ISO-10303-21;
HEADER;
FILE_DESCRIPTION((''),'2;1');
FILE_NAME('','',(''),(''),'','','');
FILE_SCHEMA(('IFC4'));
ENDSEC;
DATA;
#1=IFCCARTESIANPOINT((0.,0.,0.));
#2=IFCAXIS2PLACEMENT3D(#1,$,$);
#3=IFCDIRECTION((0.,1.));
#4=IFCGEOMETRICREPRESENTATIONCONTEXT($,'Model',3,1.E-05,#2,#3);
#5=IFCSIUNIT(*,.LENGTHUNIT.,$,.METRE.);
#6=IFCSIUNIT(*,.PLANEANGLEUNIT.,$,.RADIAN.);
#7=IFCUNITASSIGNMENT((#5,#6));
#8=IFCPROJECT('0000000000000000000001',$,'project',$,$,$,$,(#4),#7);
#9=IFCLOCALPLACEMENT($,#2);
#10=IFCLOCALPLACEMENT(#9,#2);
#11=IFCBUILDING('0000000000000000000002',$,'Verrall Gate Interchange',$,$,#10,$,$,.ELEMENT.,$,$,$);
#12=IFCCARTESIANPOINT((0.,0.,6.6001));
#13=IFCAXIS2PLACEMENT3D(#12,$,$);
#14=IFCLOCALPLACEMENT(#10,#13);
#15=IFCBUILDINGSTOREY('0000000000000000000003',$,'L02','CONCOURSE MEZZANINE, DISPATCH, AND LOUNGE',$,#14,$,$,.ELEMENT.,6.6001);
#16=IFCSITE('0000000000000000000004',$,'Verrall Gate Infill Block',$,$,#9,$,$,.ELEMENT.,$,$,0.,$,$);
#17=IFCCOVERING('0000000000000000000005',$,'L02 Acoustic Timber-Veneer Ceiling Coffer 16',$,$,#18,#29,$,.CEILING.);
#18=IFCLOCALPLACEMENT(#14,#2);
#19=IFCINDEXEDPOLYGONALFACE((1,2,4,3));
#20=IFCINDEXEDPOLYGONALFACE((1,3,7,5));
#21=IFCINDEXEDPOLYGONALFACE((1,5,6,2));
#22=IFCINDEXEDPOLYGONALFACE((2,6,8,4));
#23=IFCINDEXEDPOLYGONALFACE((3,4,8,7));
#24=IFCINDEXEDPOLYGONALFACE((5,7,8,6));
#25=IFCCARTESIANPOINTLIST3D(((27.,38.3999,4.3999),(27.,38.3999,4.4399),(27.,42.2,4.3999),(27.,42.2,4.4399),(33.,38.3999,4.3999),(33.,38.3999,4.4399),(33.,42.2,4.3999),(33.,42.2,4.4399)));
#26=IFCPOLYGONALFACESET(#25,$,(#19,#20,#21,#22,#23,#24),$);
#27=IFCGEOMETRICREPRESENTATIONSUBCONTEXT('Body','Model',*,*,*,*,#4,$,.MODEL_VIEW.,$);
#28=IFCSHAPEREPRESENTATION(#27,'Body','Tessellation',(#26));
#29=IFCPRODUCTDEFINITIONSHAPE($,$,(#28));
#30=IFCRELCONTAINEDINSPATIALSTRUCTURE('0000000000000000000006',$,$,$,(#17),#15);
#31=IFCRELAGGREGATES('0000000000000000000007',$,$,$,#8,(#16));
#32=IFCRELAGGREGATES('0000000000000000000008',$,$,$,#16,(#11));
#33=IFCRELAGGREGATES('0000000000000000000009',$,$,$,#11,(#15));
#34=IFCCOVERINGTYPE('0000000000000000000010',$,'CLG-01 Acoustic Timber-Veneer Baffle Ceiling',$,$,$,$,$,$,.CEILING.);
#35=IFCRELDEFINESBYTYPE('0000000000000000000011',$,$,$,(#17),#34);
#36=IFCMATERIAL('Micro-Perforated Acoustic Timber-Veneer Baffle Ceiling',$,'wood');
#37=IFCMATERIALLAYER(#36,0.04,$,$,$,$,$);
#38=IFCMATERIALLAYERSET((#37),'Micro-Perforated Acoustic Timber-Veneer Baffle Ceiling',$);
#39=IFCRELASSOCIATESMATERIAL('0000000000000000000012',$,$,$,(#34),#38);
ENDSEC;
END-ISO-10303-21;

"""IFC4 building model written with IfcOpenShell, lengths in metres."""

from ifc_helpers import new_model, si_unit, direction, frame, origin, place, context, subcontext, project, spatial, polyline, outline, extrude, material, layer, layer_set, type_object, element, save


model = new_model("IFC4")

# Units and contexts
model_context = context("Model", 3, precision=1e-05, world=origin(), true_north=direction((0.0, 1.0)))
body_context = subcontext(model_context, "Body", "Model", "MODEL_VIEW")
ifc_project = project(units=[si_unit("LENGTHUNIT", "METRE"), si_unit("PLANEANGLEUNIT", "RADIAN")], contexts=[model_context])

# Site, building, storey
site_placement = place(None, origin())
site = spatial("IfcSite", under=ifc_project, at=site_placement, Name="Verrall Gate Infill Block", CompositionType="ELEMENT", RefElevation=0.0)
building_placement = place(site_placement, origin())
building = spatial("IfcBuilding", under=site, at=building_placement, Name="Verrall Gate Interchange", CompositionType="ELEMENT")
storey_placement = place(building_placement, frame((0.0, 0.0, 6.6001)))
storey = spatial("IfcBuildingStorey", under=building, at=storey_placement, Name="L02", Description="CONCOURSE MEZZANINE, DISPATCH, AND LOUNGE", CompositionType="ELEMENT", Elevation=6.6001)

# Covering
ifc_material_1 = material(Name="Micro-Perforated Acoustic Timber-Veneer Baffle Ceiling", Category="wood")
ifc_layer_1 = layer(ifc_material_1, 0.04)
ifc_layer_set_1 = layer_set([ifc_layer_1], Name="Micro-Perforated Acoustic Timber-Veneer Baffle Ceiling")
covering_type = type_object("IfcCoveringType", Name="CLG-01 Acoustic Timber-Veneer Baffle Ceiling", PredefinedType="CEILING", material=ifc_layer_set_1)
covering_1_placement = place(storey_placement, frame((0.0, 0.0, 4.3999)))
element("IfcCovering", 1, at=covering_1_placement, inside=storey, type_object=covering_type, Name="L02 Acoustic Timber-Veneer Ceiling Coffer 16", PredefinedType="CEILING", context=body_context, shape_type="SweptSolid", body=[
    extrude(outline(polyline([(27.0, 38.3999), (33.0, 38.3999), (33.0, 42.2), (27.0, 42.2), (27.0, 38.3999)])), origin(), (0.0, 0.0, 1.0), 0.04),
])

save(model, "model.ifc")
